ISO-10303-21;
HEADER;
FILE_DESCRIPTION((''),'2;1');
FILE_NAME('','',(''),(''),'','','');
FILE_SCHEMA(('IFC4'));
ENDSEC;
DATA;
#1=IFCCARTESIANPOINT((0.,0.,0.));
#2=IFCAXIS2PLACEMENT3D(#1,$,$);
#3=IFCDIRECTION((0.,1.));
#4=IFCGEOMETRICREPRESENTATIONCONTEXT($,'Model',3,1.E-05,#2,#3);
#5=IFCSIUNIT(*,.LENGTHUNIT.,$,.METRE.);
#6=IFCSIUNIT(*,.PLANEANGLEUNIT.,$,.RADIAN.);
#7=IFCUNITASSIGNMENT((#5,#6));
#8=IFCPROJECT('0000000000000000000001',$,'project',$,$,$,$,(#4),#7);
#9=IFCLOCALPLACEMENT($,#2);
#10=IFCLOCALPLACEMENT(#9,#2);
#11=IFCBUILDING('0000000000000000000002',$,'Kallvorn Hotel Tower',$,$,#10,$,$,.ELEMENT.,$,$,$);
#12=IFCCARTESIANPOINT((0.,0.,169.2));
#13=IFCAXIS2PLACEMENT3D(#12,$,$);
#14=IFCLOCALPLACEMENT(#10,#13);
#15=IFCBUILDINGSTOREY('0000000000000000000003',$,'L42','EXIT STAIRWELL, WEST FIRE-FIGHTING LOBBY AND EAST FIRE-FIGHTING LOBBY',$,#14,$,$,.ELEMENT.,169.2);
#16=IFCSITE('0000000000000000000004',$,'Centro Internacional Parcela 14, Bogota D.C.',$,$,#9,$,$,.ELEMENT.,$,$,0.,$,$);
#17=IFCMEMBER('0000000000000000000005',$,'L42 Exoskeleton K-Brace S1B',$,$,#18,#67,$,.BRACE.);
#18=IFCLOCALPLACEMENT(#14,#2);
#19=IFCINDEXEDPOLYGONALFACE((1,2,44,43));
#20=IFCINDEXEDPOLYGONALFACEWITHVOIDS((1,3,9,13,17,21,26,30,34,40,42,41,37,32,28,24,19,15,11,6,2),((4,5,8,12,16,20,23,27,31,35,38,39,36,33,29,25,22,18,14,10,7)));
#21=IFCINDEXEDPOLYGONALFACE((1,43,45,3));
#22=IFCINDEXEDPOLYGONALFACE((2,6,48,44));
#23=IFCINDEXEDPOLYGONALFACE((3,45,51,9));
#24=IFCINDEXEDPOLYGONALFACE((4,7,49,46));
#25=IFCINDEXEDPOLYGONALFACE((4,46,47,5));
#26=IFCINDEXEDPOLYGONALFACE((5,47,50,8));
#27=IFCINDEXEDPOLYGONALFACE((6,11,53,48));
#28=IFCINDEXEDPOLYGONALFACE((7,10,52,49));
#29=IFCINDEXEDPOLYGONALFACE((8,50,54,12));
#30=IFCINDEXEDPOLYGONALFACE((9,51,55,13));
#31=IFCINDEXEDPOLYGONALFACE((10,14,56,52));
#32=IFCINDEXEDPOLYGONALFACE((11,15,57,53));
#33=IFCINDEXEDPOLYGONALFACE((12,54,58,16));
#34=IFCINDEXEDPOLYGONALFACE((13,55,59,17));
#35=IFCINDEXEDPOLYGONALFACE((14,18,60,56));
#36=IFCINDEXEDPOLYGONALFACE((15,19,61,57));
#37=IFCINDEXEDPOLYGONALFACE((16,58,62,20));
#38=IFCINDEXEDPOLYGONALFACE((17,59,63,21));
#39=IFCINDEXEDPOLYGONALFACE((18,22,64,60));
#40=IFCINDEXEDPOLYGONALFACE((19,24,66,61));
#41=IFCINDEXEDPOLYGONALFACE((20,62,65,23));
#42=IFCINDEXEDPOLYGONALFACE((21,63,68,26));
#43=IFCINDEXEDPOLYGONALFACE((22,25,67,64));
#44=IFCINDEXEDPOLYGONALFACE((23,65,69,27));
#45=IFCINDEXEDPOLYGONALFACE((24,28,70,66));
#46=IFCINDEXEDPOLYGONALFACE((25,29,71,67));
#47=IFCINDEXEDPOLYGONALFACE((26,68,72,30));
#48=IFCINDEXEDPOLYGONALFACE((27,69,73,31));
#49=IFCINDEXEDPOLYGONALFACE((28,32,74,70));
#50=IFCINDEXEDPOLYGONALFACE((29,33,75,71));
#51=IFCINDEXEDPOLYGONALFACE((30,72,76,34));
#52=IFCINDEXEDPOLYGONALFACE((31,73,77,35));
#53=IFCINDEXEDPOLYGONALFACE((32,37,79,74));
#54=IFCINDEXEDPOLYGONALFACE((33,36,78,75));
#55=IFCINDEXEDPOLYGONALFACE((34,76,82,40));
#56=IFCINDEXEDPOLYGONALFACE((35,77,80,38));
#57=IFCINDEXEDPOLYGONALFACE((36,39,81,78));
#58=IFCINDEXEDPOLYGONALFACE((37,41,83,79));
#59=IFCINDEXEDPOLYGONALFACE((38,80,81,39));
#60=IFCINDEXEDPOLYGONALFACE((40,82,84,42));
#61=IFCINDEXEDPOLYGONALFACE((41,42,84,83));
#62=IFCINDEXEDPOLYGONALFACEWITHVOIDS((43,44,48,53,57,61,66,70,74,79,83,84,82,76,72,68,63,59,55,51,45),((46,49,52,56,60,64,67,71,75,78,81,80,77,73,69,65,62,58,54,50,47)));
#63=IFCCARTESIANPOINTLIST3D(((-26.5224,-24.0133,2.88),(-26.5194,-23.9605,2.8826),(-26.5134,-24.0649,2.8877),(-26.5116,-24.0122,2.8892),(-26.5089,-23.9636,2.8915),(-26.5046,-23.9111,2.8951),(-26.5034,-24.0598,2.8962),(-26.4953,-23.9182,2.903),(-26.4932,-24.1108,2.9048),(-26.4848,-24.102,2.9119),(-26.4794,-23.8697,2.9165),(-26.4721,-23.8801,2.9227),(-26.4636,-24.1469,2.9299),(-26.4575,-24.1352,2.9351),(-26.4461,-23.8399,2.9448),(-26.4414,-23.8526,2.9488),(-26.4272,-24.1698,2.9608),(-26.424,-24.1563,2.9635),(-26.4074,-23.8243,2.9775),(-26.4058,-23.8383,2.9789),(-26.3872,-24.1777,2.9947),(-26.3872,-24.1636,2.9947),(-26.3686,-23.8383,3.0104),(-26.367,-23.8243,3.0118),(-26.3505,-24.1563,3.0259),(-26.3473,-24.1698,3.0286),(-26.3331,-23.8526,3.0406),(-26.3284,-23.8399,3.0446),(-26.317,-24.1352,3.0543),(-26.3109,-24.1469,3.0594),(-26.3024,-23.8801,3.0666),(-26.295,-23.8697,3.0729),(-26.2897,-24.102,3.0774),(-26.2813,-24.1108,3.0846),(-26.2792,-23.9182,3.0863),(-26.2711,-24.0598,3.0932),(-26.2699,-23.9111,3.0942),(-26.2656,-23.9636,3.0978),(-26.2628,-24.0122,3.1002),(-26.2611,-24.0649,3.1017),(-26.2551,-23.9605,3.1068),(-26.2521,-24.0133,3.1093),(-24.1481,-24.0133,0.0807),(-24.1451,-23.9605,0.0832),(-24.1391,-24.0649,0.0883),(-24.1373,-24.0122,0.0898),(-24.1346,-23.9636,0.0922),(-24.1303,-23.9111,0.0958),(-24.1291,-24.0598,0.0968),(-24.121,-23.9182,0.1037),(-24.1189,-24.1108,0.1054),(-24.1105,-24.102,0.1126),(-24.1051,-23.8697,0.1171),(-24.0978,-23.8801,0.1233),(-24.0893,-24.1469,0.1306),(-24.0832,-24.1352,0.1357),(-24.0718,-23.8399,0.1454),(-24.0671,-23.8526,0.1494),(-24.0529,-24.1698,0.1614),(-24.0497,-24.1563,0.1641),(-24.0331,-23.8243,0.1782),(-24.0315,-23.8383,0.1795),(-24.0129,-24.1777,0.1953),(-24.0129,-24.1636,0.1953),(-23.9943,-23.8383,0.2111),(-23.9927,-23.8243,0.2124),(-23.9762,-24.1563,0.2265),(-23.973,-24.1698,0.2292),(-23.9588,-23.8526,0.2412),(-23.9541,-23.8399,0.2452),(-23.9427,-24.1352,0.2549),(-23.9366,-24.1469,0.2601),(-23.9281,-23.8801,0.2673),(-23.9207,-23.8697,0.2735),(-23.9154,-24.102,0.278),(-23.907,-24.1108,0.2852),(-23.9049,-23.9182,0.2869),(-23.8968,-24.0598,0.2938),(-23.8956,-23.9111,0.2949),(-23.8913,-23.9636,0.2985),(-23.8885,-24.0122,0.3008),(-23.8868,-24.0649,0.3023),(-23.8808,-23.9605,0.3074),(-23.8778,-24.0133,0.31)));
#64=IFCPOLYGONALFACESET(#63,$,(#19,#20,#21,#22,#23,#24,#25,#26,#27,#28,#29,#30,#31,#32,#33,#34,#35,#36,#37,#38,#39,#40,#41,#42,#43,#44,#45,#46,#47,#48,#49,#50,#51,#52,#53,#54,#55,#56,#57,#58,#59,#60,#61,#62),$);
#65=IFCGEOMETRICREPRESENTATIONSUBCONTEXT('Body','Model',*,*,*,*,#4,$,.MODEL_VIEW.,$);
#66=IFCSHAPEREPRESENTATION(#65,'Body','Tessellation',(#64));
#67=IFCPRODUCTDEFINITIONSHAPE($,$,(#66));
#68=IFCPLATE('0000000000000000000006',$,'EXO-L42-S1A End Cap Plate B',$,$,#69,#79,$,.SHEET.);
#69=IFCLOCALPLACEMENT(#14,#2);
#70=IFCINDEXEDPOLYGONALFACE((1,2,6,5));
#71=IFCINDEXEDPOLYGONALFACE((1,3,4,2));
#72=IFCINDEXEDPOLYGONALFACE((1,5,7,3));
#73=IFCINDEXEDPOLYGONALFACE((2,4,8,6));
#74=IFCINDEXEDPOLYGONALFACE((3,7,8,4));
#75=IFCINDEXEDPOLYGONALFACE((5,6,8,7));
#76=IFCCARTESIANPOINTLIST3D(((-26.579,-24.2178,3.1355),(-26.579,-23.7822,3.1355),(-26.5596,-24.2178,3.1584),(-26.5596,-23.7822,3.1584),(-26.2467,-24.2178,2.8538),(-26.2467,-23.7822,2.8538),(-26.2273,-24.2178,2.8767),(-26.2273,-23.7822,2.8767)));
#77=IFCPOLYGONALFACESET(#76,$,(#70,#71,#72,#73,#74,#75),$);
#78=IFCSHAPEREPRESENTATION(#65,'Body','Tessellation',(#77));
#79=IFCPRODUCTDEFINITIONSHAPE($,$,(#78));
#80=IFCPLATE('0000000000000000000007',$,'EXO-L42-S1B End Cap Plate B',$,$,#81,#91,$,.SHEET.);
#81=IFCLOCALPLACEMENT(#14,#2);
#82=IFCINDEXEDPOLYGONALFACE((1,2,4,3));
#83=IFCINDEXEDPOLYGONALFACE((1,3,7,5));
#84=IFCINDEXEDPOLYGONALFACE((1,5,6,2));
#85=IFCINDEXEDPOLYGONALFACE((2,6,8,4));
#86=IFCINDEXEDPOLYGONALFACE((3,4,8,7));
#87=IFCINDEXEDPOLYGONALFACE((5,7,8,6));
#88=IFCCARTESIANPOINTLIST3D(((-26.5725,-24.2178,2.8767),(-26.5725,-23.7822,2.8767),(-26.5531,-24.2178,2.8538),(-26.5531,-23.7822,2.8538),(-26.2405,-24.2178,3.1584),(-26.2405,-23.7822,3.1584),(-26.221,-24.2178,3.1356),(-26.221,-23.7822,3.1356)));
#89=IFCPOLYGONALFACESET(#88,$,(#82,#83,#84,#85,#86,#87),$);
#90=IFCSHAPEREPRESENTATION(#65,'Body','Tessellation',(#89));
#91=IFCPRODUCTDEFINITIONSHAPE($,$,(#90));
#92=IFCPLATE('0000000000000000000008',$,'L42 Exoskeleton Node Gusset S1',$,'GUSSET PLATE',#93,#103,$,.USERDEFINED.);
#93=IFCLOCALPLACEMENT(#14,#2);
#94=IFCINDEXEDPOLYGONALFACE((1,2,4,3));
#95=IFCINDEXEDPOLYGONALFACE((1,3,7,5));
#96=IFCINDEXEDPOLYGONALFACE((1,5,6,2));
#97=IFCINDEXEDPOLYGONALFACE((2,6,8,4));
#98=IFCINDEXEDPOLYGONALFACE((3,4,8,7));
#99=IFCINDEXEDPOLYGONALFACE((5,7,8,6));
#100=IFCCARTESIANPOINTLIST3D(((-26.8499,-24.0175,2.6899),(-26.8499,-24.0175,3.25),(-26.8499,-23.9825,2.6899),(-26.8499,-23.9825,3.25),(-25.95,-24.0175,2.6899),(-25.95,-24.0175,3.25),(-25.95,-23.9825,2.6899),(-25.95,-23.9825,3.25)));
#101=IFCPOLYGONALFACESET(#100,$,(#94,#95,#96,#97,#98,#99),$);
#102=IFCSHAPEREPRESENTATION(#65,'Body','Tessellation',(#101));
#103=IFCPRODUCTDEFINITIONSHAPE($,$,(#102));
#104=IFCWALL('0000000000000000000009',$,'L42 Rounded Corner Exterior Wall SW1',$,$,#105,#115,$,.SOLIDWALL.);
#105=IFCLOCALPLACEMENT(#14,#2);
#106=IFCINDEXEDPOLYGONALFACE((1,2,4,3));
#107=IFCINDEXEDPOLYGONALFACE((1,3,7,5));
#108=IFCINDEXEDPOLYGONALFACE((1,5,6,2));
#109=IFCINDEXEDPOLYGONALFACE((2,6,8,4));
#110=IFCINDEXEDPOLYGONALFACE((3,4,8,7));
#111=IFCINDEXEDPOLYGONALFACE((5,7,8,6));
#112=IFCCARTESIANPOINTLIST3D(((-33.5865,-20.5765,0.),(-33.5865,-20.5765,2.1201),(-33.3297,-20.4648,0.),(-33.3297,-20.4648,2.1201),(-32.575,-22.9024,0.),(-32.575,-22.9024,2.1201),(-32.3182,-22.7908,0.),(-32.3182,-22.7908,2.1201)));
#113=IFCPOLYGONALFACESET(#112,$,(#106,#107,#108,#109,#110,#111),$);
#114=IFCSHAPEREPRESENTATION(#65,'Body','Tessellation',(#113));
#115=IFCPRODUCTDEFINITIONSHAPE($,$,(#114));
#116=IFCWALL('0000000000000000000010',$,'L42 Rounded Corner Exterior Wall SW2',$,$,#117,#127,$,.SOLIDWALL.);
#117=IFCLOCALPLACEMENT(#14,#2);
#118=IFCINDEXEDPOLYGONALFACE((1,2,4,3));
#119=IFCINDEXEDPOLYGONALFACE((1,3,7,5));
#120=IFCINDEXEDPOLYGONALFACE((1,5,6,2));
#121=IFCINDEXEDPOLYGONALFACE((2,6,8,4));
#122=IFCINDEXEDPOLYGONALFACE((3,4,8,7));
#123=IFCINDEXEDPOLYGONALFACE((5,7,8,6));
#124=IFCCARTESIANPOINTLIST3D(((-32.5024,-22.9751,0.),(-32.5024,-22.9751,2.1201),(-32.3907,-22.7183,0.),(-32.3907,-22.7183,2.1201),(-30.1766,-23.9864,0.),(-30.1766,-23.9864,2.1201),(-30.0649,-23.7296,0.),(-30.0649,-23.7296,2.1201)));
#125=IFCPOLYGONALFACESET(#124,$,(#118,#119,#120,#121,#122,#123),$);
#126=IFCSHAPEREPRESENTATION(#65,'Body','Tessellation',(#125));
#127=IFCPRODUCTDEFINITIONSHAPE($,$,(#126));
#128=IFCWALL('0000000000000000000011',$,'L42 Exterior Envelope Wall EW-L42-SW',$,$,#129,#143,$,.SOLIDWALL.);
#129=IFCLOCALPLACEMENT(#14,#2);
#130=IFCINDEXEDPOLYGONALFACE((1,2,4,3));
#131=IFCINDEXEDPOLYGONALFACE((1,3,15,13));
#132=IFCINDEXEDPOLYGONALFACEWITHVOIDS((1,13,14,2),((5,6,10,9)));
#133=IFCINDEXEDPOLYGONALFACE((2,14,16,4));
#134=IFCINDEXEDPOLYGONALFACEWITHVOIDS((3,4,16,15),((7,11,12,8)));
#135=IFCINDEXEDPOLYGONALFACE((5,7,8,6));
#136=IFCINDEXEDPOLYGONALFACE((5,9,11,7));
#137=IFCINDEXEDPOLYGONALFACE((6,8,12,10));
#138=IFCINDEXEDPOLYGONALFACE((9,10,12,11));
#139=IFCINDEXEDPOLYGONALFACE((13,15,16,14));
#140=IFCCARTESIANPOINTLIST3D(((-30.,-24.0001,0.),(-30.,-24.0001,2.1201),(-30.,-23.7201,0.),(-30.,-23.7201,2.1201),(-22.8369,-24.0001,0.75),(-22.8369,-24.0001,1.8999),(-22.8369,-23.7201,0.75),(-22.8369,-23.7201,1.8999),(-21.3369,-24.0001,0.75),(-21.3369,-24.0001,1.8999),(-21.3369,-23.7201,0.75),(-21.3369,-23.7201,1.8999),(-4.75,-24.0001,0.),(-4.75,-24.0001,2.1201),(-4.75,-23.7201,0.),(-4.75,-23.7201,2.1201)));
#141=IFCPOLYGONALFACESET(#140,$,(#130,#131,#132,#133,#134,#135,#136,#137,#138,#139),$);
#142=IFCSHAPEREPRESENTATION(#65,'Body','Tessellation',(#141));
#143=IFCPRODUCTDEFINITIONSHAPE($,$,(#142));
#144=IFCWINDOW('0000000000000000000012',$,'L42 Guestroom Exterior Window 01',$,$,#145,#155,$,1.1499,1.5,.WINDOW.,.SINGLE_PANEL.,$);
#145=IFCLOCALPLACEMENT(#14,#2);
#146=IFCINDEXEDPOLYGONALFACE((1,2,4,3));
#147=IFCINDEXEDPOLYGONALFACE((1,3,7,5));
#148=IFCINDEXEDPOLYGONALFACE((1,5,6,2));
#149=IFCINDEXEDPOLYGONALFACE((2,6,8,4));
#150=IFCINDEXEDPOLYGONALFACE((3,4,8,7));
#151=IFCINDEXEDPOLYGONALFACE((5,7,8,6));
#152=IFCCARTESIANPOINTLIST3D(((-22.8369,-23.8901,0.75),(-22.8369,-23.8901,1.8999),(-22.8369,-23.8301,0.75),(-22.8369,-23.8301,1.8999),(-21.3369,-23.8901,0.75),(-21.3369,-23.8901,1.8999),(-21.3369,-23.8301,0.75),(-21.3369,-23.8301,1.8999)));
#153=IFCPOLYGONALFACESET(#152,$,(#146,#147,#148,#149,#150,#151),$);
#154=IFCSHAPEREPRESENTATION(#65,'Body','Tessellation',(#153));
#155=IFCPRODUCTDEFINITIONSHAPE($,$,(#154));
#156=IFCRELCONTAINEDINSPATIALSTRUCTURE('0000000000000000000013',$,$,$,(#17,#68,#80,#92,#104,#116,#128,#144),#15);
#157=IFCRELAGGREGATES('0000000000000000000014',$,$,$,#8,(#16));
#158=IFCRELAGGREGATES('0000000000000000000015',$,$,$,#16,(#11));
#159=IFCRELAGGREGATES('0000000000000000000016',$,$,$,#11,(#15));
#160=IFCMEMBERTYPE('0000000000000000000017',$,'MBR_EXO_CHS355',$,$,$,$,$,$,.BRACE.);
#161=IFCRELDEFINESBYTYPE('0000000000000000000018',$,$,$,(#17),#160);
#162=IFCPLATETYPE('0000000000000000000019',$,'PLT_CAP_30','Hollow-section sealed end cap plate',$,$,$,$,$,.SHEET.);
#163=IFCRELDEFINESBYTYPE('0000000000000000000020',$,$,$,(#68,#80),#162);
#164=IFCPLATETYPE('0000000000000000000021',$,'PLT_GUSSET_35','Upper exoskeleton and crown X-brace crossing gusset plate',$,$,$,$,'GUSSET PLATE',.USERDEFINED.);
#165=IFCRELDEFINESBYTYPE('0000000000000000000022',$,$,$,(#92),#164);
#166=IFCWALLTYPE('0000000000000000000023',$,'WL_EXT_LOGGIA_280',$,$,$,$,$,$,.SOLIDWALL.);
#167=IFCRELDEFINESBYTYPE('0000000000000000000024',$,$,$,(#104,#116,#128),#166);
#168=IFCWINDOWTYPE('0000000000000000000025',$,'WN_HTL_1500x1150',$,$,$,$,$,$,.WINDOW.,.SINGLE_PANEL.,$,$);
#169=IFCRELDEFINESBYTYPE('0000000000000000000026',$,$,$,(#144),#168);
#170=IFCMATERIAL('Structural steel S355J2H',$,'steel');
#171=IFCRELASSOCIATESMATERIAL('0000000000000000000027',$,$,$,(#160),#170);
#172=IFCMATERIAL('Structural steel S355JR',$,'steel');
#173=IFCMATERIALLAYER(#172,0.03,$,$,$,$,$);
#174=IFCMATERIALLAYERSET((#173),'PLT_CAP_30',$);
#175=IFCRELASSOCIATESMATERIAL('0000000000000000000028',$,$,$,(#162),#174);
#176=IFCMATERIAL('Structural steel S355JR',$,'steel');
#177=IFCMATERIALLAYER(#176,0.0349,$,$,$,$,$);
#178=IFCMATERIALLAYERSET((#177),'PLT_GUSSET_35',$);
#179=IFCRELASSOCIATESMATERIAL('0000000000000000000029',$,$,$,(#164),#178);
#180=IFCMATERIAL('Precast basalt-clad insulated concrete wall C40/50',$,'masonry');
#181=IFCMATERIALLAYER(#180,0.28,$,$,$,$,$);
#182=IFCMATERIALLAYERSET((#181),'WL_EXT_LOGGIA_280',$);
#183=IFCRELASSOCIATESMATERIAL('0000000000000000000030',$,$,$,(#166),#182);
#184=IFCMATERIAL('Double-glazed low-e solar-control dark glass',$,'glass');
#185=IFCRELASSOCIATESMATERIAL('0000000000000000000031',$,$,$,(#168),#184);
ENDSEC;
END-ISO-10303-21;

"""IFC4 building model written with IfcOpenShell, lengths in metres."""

from ifc_helpers import new_model, si_unit, direction, frame, frame_2d, origin, origin_2d, place, context, subcontext, project, spatial, polyline, rectangle, hollow_circle, outline, extrude, material, layer, layer_set, material_profile, profile_set, type_object, element, fill, save


model = new_model("IFC4")

# Units and contexts
model_context = context("Model", 3, precision=1e-05, world=origin(), true_north=direction((0.0, 1.0)))
body_context = subcontext(model_context, "Body", "Model", "MODEL_VIEW")
ifc_project = project(units=[si_unit("LENGTHUNIT", "METRE"), si_unit("PLANEANGLEUNIT", "RADIAN")], contexts=[model_context])

# Site, building, storey
site_placement = place(None, origin())
site = spatial("IfcSite", under=ifc_project, at=site_placement, Name="Centro Internacional Parcela 14, Bogota D.C.", CompositionType="ELEMENT", RefElevation=0.0)
building_placement = place(site_placement, origin())
building = spatial("IfcBuilding", under=site, at=building_placement, Name="Kallvorn Hotel Tower", CompositionType="ELEMENT")
storey_placement = place(building_placement, frame((0.0, 0.0, 169.2)))
storey = spatial("IfcBuildingStorey", under=building, at=storey_placement, Name="L42", Description="EXIT STAIRWELL, WEST FIRE-FIGHTING LOBBY AND EAST FIRE-FIGHTING LOBBY", CompositionType="ELEMENT", Elevation=169.2)

# Member
ifc_material_1 = material(Name="Structural steel S355J2H", Category="steel")
ifc_material_profile_1 = material_profile(ifc_material_1, hollow_circle(Radius=0.1777, WallThickness=0.0142, at=origin_2d()), Name="CHS 355.6x14.2")
ifc_profile_set_1 = profile_set([ifc_material_profile_1], Name="Structural steel S355J2H")
member_type = type_object("IfcMemberType", Name="MBR_EXO_CHS355", PredefinedType="BRACE", material=ifc_profile_set_1)
for number, where, z_axis, x_axis, name in (
    (1, (-24.0129, -24.0, 0.1953), (-0.646833, 0.0, 0.762631), (0.0, -1.0, 0.0), "L42 Exoskeleton K-Brace S1B"),
):
    element("IfcMember", number, at=place(storey_placement, frame(where, z_axis=z_axis, x_axis=x_axis)), inside=storey, type_object=member_type, Name=name, PredefinedType="BRACE", context=body_context, shape_type="SweptSolid", body=[
        extrude(hollow_circle(Radius=0.1777, WallThickness=0.0142, at=origin_2d()), origin(), (0.0, 0.0, 1.0), 3.6707),
    ])

# Plates
ifc_material_2 = material(Name="Structural steel S355JR", Category="steel")
ifc_layer_1 = layer(ifc_material_2, 0.03)
ifc_layer_set_1 = layer_set([ifc_layer_1], Name="PLT_CAP_30")
plate_type_1 = type_object("IfcPlateType", Name="PLT_CAP_30", Description="Hollow-section sealed end cap plate", PredefinedType="SHEET", material=ifc_layer_set_1)
plate_1_placement = place(storey_placement, frame((-26.2273, -24.2178, 2.8767), z_axis=(0.646721, 0.0, 0.762727), x_axis=(0.0, 1.0, 0.0)))
element("IfcPlate", 2, at=plate_1_placement, inside=storey, type_object=plate_type_1, Name="EXO-L42-S1A End Cap Plate B", PredefinedType="SHEET", context=body_context, shape_type="SweptSolid", body=[
    extrude(outline(polyline([(0.0, 0.0), (0.4355, 0.0), (0.4355, 0.4356), (0.0, 0.4356), (0.0, 0.0)])), origin(), (0.0, 0.0, -1.0), 0.03),
])
plate_2_placement = place(storey_placement, frame((-26.5725, -23.7822, 2.8767), z_axis=(-0.646997, 0.0, 0.762492), x_axis=(0.0, -1.0, 0.0)))
element("IfcPlate", 3, at=plate_2_placement, inside=storey, type_object=plate_type_1, Name="EXO-L42-S1B End Cap Plate B", PredefinedType="SHEET", context=body_context, shape_type="SweptSolid", body=[
    extrude(outline(polyline([(0.0, 0.0), (0.4355, 0.0), (0.4355, 0.4355), (0.0, 0.4355), (0.0, 0.0)])), origin(), (0.0, 0.0, -1.0), 0.03),
])
ifc_material_3 = material(Name="Structural steel S355JR", Category="steel")
ifc_layer_2 = layer(ifc_material_3, 0.0349)
ifc_layer_set_2 = layer_set([ifc_layer_2], Name="PLT_GUSSET_35")
plate_type_2 = type_object("IfcPlateType", Name="PLT_GUSSET_35", Description="Upper exoskeleton and crown X-brace crossing gusset plate", ElementType="GUSSET PLATE", PredefinedType="USERDEFINED", material=ifc_layer_set_2)
plate_3_placement = place(storey_placement, frame((-26.3999, -24.0, 2.6899), z_axis=(0.0, 0.0, 1.0), x_axis=(1.0, 0.0, 0.0)))
element("IfcPlate", 4, at=plate_3_placement, inside=storey, type_object=plate_type_2, Name="L42 Exoskeleton Node Gusset S1", ObjectType="GUSSET PLATE", PredefinedType="USERDEFINED", context=body_context, shape_type="SweptSolid", body=[
    extrude(rectangle(XDim=0.8999, YDim=0.0349, at=origin_2d()), origin(), (0.0, 0.0, 1.0), 0.5601),
])

# Walls
ifc_material_4 = material(Name="Precast basalt-clad insulated concrete wall C40/50", Category="masonry")
ifc_layer_3 = layer(ifc_material_4, 0.28)
ifc_layer_set_3 = layer_set([ifc_layer_3], Name="WL_EXT_LOGGIA_280")
wall_type_1 = type_object("IfcWallType", Name="WL_EXT_LOGGIA_280", PredefinedType="SOLIDWALL", material=ifc_layer_set_3)
wall_1_placement = place(storey_placement, frame((-33.458, -20.5208, 0.0), z_axis=(0.0, 0.0, 1.0), x_axis=(0.398793, -0.917041, 0.0)))
element("IfcWall", 5, at=wall_1_placement, inside=storey, type_object=wall_type_1, Name="L42 Rounded Corner Exterior Wall SW1", PredefinedType="SOLIDWALL", context=body_context, shape_type="SweptSolid", body=[
    extrude(rectangle(XDim=2.5364, YDim=0.28, at=frame_2d((1.2681, 0.0))), origin(), (0.0, 0.0, 1.0), 2.1201),
])
wall_2_placement = place(storey_placement, frame((-32.4465, -22.8467, 0.0), z_axis=(0.0, 0.0, 1.0), x_axis=(0.917061, -0.398747, 0.0)))
element("IfcWall", 6, at=wall_2_placement, inside=storey, type_object=wall_type_1, Name="L42 Rounded Corner Exterior Wall SW2", PredefinedType="SOLIDWALL", context=body_context, shape_type="SweptSolid", body=[
    extrude(rectangle(XDim=2.5361, YDim=0.28, at=frame_2d((1.2681, 0.0))), origin(), (0.0, 0.0, 1.0), 2.1201),
])

# Wall, opening, window
wall_3_placement = place(storey_placement, frame((-30.0, -23.8601, 0.0), z_axis=(0.0, 0.0, 1.0), x_axis=(1.0, 0.0, 0.0)))
wall_3 = element("IfcWall", 7, at=wall_3_placement, inside=storey, type_object=wall_type_1, Name="L42 Exterior Envelope Wall EW-L42-SW", PredefinedType="SOLIDWALL", context=body_context, shape_type="SweptSolid", body=[
    extrude(rectangle(XDim=25.25, YDim=0.28, at=frame_2d((12.625, 0.0))), origin(), (0.0, 0.0, 1.0), 2.1201),
])
opening_1_placement = place(wall_3_placement, frame((7.1631, 0.0, 0.75)))
opening_1 = element("IfcOpeningElement", 8, at=opening_1_placement, cuts=wall_3, PredefinedType="OPENING", context=body_context, shape_type="SweptSolid", body=[
    extrude(rectangle(XDim=1.5, YDim=1.1499, at=frame_2d((0.75, 0.575))), frame((0.0, 0.155, 0.0), z_axis=(0.0, -1.0, 0.0), x_axis=(1.0, 0.0, 0.0)), (0.0, 0.0, 1.0), 0.3101),
])
ifc_material_5 = material(Name="Double-glazed low-e solar-control dark glass", Category="glass")
window_type = type_object("IfcWindowType", Name="WN_HTL_1500x1150", PartitioningType="SINGLE_PANEL", PredefinedType="WINDOW", material=ifc_material_5)
window_1_placement = place(opening_1_placement, origin())
window_1 = element("IfcWindow", 9, at=window_1_placement, inside=storey, type_object=window_type, Name="L42 Guestroom Exterior Window 01", OverallHeight=1.1499, OverallWidth=1.5, PartitioningType="SINGLE_PANEL", PredefinedType="WINDOW", context=body_context, shape_type="SweptSolid", body=[
    extrude(rectangle(XDim=1.5, YDim=1.1499, at=frame_2d((0.75, 0.575))), frame((0.0, 0.03, 0.0), z_axis=(0.0, -1.0, 0.0), x_axis=(1.0, 0.0, 0.0)), (0.0, 0.0, 1.0), 0.0601),
])
fill(opening_1, window_1)

save(model, "model.ifc")
